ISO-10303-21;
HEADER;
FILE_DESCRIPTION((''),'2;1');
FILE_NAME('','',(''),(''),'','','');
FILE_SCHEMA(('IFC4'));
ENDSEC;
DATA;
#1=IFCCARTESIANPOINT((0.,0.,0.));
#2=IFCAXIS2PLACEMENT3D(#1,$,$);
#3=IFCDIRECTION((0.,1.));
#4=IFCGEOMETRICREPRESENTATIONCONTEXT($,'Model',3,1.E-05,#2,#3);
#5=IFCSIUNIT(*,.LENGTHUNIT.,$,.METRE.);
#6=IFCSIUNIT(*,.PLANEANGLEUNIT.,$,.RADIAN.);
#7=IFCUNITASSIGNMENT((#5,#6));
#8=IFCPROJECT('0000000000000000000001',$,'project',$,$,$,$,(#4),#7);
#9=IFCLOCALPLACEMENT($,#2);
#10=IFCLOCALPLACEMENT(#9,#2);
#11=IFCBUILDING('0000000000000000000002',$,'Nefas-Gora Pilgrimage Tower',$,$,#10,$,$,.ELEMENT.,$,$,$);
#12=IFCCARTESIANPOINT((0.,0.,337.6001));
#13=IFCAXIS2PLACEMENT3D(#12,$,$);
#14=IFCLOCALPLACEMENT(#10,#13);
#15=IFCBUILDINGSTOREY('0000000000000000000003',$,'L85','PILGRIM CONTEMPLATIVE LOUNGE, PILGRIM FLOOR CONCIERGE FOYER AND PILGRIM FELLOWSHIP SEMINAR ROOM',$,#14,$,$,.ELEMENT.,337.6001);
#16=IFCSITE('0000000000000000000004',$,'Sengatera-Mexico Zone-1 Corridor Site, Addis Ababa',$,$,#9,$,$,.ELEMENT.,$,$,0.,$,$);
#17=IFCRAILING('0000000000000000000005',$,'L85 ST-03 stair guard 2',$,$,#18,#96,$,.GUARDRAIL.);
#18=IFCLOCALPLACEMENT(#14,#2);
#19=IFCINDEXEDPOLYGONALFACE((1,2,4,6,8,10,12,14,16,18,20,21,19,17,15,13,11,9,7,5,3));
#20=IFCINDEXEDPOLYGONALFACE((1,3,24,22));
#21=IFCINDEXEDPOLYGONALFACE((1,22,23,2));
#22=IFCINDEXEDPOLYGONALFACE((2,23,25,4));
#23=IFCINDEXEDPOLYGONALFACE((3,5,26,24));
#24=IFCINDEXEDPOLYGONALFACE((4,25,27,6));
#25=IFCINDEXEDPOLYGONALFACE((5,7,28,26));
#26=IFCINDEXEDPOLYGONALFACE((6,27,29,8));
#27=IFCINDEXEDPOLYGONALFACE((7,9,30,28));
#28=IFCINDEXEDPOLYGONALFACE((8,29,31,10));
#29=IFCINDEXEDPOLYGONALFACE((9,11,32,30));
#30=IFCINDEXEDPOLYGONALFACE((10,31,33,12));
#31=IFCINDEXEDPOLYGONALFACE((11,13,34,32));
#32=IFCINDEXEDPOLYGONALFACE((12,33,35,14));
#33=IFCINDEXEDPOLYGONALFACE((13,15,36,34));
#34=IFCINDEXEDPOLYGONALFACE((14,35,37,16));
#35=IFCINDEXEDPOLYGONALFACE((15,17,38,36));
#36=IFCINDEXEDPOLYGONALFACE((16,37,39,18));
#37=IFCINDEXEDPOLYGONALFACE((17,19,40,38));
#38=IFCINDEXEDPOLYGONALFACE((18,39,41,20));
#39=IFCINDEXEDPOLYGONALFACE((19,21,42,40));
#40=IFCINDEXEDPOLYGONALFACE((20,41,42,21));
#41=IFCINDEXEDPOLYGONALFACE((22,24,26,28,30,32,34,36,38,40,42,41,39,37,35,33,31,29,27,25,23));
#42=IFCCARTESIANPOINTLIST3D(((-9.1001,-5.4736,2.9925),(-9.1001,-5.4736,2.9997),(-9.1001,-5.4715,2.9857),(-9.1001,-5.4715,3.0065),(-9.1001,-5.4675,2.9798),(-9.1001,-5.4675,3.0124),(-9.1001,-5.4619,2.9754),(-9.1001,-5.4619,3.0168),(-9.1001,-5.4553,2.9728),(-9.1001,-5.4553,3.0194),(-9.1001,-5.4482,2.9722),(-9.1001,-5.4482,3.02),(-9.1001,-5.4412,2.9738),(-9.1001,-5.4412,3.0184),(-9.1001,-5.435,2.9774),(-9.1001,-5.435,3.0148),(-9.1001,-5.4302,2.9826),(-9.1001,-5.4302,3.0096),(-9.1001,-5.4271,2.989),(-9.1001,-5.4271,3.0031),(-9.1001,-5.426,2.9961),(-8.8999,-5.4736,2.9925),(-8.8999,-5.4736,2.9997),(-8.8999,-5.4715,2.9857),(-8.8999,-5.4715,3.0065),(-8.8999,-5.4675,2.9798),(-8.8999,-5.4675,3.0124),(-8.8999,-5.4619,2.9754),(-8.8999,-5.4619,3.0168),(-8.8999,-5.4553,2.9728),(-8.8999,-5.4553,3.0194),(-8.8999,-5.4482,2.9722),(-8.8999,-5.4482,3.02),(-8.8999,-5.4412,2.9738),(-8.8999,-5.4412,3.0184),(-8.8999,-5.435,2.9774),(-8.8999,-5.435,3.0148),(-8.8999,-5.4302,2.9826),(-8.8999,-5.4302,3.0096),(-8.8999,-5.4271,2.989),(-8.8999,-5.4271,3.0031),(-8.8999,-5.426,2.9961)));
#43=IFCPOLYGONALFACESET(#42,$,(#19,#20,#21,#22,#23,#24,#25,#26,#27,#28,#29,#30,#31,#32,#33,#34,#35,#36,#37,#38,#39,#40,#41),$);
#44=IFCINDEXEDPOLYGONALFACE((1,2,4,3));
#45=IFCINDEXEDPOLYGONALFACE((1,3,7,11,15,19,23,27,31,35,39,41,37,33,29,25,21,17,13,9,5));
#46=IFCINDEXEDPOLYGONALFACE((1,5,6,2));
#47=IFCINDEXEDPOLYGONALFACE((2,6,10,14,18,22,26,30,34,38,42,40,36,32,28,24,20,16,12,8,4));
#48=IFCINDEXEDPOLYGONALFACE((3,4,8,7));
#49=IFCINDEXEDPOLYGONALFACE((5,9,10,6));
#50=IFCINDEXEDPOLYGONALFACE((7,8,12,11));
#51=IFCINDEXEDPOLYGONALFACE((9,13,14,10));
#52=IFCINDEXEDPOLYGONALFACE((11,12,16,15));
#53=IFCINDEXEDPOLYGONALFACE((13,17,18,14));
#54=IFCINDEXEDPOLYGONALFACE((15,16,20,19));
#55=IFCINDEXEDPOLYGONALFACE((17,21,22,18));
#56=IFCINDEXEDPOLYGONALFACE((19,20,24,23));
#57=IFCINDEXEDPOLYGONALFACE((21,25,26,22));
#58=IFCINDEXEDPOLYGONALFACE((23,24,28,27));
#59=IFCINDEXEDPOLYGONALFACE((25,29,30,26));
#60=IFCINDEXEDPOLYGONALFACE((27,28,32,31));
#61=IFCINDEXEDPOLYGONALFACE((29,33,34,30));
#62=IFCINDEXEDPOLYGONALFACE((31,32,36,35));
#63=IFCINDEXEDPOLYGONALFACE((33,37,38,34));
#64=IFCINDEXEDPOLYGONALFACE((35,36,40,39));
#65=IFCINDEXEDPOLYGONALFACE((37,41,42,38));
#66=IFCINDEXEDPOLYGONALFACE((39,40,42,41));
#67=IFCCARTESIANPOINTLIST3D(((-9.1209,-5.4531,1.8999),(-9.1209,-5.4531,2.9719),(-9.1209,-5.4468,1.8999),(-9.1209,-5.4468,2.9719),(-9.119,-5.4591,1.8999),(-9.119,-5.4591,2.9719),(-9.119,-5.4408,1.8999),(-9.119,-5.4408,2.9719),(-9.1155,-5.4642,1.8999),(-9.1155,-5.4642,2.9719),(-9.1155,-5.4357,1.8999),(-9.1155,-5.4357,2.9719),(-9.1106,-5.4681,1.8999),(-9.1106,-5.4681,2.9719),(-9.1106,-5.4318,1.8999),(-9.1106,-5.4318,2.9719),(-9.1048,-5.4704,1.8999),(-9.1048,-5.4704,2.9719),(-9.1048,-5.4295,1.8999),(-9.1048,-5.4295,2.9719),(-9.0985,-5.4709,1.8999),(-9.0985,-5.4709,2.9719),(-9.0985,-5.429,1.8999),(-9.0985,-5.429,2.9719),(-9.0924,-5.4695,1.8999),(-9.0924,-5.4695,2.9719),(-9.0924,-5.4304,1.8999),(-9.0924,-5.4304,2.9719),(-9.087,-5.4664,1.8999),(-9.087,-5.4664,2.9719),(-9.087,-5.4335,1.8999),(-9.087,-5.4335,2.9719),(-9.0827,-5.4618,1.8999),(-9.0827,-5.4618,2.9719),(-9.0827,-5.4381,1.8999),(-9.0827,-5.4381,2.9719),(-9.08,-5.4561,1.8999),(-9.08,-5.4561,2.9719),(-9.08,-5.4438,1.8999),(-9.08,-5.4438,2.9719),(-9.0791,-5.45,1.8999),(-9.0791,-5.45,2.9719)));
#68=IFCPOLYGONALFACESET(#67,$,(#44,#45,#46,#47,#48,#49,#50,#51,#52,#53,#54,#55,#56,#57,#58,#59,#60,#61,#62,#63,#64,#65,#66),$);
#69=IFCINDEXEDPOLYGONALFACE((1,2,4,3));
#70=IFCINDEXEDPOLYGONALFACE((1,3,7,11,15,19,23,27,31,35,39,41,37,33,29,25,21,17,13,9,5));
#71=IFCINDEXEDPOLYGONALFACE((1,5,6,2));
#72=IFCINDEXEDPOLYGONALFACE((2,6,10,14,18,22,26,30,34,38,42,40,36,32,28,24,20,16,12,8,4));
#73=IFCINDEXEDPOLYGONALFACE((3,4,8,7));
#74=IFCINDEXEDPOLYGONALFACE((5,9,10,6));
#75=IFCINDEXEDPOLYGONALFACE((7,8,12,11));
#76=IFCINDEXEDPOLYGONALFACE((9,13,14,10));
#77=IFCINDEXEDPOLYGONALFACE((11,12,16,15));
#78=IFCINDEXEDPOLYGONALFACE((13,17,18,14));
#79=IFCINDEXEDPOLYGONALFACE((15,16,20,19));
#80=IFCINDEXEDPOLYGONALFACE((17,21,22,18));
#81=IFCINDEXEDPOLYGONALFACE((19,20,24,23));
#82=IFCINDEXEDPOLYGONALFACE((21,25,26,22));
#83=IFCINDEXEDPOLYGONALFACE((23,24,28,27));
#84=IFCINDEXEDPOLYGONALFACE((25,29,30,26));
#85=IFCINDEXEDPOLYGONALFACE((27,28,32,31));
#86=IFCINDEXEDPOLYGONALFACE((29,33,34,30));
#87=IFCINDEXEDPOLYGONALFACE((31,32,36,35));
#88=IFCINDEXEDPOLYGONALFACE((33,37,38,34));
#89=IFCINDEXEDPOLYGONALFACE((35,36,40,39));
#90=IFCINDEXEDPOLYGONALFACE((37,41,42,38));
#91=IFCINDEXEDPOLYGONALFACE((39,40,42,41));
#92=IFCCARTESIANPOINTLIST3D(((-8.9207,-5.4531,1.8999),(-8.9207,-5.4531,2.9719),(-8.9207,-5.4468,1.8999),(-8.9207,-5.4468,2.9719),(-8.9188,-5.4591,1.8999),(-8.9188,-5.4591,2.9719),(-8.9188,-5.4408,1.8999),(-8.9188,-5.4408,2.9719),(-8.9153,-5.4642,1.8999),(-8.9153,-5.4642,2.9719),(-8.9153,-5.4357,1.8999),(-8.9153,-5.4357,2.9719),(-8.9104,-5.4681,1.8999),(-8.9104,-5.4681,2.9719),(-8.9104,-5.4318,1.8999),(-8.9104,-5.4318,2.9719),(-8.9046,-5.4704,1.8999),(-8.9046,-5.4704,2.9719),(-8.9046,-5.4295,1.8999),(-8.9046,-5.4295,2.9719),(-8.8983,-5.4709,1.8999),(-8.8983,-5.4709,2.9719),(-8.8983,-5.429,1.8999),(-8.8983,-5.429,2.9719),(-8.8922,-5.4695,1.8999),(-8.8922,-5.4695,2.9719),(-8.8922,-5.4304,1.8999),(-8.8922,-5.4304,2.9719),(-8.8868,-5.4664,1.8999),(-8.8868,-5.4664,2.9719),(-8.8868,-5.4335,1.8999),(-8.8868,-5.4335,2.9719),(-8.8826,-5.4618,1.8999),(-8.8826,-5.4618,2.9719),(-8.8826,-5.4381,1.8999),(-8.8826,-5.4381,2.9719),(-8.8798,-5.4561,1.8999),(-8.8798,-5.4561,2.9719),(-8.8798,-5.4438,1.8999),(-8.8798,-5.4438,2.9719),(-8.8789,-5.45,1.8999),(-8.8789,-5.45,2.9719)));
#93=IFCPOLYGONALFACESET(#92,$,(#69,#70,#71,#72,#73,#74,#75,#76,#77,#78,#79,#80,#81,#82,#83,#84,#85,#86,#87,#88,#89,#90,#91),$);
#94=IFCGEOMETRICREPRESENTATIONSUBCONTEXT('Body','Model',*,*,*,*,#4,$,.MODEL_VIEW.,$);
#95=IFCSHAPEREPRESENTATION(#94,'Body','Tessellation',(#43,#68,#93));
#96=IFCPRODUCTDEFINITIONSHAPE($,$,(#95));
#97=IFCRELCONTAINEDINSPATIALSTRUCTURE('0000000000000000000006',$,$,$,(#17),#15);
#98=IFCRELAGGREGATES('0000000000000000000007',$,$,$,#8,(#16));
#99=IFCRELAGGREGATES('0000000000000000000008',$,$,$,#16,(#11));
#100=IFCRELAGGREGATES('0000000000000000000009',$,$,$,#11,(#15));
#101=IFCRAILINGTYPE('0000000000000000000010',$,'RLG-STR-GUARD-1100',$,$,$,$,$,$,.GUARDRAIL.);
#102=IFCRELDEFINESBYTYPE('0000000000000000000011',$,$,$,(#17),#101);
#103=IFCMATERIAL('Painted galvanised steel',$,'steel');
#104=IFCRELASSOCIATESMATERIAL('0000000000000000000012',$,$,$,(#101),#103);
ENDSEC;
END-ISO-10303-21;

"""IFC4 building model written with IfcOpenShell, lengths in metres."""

from ifc_helpers import new_model, si_unit, direction, frame, origin, origin_2d, place, context, subcontext, project, spatial, circle, extrude, material, type_object, element, save


model = new_model("IFC4")

# Units and contexts
model_context = context("Model", 3, precision=1e-05, world=origin(), true_north=direction((0.0, 1.0)))
body_context = subcontext(model_context, "Body", "Model", "MODEL_VIEW")
ifc_project = project(units=[si_unit("LENGTHUNIT", "METRE"), si_unit("PLANEANGLEUNIT", "RADIAN")], contexts=[model_context])

# Site, building, storey
site_placement = place(None, origin())
site = spatial("IfcSite", under=ifc_project, at=site_placement, Name="Sengatera-Mexico Zone-1 Corridor Site, Addis Ababa", CompositionType="ELEMENT", RefElevation=0.0)
building_placement = place(site_placement, origin())
building = spatial("IfcBuilding", under=site, at=building_placement, Name="Nefas-Gora Pilgrimage Tower", CompositionType="ELEMENT")
storey_placement = place(building_placement, frame((0.0, 0.0, 337.6001)))
storey = spatial("IfcBuildingStorey", under=building, at=storey_placement, Name="L85", Description="PILGRIM CONTEMPLATIVE LOUNGE, PILGRIM FLOOR CONCIERGE FOYER AND PILGRIM FELLOWSHIP SEMINAR ROOM", CompositionType="ELEMENT", Elevation=337.6001)

# Railing
ifc_material_1 = material(Name="Painted galvanised steel", Category="steel")
railing_type_1 = type_object("IfcRailingType", Name="RLG-STR-GUARD-1100", PredefinedType="GUARDRAIL", material=ifc_material_1)
railing_1_placement = place(storey_placement, frame((-9.1001, -5.45, 1.8999)))
element("IfcRailing", 1, at=railing_1_placement, inside=storey, type_object=railing_type_1, Name="L85 ST-03 stair guard 2", PredefinedType="GUARDRAIL", context=body_context, shape_type="SweptSolid", body=[
    extrude(circle(Radius=0.0239, at=origin_2d()), frame((0.0, 0.0, 1.0962), z_axis=(1.0, 0.0, 0.0), x_axis=(0.0, 1.0, 0.0)), (0.0, 0.0, 1.0), 0.2002),
    extrude(circle(Radius=0.021, at=origin_2d()), origin(), (0.0, 0.0, 1.0), 1.072),
    extrude(circle(Radius=0.021, at=origin_2d()), frame((0.2002, 0.0, 0.0)), (0.0, 0.0, 1.0), 1.072),
])

save(model, "model.ifc")
